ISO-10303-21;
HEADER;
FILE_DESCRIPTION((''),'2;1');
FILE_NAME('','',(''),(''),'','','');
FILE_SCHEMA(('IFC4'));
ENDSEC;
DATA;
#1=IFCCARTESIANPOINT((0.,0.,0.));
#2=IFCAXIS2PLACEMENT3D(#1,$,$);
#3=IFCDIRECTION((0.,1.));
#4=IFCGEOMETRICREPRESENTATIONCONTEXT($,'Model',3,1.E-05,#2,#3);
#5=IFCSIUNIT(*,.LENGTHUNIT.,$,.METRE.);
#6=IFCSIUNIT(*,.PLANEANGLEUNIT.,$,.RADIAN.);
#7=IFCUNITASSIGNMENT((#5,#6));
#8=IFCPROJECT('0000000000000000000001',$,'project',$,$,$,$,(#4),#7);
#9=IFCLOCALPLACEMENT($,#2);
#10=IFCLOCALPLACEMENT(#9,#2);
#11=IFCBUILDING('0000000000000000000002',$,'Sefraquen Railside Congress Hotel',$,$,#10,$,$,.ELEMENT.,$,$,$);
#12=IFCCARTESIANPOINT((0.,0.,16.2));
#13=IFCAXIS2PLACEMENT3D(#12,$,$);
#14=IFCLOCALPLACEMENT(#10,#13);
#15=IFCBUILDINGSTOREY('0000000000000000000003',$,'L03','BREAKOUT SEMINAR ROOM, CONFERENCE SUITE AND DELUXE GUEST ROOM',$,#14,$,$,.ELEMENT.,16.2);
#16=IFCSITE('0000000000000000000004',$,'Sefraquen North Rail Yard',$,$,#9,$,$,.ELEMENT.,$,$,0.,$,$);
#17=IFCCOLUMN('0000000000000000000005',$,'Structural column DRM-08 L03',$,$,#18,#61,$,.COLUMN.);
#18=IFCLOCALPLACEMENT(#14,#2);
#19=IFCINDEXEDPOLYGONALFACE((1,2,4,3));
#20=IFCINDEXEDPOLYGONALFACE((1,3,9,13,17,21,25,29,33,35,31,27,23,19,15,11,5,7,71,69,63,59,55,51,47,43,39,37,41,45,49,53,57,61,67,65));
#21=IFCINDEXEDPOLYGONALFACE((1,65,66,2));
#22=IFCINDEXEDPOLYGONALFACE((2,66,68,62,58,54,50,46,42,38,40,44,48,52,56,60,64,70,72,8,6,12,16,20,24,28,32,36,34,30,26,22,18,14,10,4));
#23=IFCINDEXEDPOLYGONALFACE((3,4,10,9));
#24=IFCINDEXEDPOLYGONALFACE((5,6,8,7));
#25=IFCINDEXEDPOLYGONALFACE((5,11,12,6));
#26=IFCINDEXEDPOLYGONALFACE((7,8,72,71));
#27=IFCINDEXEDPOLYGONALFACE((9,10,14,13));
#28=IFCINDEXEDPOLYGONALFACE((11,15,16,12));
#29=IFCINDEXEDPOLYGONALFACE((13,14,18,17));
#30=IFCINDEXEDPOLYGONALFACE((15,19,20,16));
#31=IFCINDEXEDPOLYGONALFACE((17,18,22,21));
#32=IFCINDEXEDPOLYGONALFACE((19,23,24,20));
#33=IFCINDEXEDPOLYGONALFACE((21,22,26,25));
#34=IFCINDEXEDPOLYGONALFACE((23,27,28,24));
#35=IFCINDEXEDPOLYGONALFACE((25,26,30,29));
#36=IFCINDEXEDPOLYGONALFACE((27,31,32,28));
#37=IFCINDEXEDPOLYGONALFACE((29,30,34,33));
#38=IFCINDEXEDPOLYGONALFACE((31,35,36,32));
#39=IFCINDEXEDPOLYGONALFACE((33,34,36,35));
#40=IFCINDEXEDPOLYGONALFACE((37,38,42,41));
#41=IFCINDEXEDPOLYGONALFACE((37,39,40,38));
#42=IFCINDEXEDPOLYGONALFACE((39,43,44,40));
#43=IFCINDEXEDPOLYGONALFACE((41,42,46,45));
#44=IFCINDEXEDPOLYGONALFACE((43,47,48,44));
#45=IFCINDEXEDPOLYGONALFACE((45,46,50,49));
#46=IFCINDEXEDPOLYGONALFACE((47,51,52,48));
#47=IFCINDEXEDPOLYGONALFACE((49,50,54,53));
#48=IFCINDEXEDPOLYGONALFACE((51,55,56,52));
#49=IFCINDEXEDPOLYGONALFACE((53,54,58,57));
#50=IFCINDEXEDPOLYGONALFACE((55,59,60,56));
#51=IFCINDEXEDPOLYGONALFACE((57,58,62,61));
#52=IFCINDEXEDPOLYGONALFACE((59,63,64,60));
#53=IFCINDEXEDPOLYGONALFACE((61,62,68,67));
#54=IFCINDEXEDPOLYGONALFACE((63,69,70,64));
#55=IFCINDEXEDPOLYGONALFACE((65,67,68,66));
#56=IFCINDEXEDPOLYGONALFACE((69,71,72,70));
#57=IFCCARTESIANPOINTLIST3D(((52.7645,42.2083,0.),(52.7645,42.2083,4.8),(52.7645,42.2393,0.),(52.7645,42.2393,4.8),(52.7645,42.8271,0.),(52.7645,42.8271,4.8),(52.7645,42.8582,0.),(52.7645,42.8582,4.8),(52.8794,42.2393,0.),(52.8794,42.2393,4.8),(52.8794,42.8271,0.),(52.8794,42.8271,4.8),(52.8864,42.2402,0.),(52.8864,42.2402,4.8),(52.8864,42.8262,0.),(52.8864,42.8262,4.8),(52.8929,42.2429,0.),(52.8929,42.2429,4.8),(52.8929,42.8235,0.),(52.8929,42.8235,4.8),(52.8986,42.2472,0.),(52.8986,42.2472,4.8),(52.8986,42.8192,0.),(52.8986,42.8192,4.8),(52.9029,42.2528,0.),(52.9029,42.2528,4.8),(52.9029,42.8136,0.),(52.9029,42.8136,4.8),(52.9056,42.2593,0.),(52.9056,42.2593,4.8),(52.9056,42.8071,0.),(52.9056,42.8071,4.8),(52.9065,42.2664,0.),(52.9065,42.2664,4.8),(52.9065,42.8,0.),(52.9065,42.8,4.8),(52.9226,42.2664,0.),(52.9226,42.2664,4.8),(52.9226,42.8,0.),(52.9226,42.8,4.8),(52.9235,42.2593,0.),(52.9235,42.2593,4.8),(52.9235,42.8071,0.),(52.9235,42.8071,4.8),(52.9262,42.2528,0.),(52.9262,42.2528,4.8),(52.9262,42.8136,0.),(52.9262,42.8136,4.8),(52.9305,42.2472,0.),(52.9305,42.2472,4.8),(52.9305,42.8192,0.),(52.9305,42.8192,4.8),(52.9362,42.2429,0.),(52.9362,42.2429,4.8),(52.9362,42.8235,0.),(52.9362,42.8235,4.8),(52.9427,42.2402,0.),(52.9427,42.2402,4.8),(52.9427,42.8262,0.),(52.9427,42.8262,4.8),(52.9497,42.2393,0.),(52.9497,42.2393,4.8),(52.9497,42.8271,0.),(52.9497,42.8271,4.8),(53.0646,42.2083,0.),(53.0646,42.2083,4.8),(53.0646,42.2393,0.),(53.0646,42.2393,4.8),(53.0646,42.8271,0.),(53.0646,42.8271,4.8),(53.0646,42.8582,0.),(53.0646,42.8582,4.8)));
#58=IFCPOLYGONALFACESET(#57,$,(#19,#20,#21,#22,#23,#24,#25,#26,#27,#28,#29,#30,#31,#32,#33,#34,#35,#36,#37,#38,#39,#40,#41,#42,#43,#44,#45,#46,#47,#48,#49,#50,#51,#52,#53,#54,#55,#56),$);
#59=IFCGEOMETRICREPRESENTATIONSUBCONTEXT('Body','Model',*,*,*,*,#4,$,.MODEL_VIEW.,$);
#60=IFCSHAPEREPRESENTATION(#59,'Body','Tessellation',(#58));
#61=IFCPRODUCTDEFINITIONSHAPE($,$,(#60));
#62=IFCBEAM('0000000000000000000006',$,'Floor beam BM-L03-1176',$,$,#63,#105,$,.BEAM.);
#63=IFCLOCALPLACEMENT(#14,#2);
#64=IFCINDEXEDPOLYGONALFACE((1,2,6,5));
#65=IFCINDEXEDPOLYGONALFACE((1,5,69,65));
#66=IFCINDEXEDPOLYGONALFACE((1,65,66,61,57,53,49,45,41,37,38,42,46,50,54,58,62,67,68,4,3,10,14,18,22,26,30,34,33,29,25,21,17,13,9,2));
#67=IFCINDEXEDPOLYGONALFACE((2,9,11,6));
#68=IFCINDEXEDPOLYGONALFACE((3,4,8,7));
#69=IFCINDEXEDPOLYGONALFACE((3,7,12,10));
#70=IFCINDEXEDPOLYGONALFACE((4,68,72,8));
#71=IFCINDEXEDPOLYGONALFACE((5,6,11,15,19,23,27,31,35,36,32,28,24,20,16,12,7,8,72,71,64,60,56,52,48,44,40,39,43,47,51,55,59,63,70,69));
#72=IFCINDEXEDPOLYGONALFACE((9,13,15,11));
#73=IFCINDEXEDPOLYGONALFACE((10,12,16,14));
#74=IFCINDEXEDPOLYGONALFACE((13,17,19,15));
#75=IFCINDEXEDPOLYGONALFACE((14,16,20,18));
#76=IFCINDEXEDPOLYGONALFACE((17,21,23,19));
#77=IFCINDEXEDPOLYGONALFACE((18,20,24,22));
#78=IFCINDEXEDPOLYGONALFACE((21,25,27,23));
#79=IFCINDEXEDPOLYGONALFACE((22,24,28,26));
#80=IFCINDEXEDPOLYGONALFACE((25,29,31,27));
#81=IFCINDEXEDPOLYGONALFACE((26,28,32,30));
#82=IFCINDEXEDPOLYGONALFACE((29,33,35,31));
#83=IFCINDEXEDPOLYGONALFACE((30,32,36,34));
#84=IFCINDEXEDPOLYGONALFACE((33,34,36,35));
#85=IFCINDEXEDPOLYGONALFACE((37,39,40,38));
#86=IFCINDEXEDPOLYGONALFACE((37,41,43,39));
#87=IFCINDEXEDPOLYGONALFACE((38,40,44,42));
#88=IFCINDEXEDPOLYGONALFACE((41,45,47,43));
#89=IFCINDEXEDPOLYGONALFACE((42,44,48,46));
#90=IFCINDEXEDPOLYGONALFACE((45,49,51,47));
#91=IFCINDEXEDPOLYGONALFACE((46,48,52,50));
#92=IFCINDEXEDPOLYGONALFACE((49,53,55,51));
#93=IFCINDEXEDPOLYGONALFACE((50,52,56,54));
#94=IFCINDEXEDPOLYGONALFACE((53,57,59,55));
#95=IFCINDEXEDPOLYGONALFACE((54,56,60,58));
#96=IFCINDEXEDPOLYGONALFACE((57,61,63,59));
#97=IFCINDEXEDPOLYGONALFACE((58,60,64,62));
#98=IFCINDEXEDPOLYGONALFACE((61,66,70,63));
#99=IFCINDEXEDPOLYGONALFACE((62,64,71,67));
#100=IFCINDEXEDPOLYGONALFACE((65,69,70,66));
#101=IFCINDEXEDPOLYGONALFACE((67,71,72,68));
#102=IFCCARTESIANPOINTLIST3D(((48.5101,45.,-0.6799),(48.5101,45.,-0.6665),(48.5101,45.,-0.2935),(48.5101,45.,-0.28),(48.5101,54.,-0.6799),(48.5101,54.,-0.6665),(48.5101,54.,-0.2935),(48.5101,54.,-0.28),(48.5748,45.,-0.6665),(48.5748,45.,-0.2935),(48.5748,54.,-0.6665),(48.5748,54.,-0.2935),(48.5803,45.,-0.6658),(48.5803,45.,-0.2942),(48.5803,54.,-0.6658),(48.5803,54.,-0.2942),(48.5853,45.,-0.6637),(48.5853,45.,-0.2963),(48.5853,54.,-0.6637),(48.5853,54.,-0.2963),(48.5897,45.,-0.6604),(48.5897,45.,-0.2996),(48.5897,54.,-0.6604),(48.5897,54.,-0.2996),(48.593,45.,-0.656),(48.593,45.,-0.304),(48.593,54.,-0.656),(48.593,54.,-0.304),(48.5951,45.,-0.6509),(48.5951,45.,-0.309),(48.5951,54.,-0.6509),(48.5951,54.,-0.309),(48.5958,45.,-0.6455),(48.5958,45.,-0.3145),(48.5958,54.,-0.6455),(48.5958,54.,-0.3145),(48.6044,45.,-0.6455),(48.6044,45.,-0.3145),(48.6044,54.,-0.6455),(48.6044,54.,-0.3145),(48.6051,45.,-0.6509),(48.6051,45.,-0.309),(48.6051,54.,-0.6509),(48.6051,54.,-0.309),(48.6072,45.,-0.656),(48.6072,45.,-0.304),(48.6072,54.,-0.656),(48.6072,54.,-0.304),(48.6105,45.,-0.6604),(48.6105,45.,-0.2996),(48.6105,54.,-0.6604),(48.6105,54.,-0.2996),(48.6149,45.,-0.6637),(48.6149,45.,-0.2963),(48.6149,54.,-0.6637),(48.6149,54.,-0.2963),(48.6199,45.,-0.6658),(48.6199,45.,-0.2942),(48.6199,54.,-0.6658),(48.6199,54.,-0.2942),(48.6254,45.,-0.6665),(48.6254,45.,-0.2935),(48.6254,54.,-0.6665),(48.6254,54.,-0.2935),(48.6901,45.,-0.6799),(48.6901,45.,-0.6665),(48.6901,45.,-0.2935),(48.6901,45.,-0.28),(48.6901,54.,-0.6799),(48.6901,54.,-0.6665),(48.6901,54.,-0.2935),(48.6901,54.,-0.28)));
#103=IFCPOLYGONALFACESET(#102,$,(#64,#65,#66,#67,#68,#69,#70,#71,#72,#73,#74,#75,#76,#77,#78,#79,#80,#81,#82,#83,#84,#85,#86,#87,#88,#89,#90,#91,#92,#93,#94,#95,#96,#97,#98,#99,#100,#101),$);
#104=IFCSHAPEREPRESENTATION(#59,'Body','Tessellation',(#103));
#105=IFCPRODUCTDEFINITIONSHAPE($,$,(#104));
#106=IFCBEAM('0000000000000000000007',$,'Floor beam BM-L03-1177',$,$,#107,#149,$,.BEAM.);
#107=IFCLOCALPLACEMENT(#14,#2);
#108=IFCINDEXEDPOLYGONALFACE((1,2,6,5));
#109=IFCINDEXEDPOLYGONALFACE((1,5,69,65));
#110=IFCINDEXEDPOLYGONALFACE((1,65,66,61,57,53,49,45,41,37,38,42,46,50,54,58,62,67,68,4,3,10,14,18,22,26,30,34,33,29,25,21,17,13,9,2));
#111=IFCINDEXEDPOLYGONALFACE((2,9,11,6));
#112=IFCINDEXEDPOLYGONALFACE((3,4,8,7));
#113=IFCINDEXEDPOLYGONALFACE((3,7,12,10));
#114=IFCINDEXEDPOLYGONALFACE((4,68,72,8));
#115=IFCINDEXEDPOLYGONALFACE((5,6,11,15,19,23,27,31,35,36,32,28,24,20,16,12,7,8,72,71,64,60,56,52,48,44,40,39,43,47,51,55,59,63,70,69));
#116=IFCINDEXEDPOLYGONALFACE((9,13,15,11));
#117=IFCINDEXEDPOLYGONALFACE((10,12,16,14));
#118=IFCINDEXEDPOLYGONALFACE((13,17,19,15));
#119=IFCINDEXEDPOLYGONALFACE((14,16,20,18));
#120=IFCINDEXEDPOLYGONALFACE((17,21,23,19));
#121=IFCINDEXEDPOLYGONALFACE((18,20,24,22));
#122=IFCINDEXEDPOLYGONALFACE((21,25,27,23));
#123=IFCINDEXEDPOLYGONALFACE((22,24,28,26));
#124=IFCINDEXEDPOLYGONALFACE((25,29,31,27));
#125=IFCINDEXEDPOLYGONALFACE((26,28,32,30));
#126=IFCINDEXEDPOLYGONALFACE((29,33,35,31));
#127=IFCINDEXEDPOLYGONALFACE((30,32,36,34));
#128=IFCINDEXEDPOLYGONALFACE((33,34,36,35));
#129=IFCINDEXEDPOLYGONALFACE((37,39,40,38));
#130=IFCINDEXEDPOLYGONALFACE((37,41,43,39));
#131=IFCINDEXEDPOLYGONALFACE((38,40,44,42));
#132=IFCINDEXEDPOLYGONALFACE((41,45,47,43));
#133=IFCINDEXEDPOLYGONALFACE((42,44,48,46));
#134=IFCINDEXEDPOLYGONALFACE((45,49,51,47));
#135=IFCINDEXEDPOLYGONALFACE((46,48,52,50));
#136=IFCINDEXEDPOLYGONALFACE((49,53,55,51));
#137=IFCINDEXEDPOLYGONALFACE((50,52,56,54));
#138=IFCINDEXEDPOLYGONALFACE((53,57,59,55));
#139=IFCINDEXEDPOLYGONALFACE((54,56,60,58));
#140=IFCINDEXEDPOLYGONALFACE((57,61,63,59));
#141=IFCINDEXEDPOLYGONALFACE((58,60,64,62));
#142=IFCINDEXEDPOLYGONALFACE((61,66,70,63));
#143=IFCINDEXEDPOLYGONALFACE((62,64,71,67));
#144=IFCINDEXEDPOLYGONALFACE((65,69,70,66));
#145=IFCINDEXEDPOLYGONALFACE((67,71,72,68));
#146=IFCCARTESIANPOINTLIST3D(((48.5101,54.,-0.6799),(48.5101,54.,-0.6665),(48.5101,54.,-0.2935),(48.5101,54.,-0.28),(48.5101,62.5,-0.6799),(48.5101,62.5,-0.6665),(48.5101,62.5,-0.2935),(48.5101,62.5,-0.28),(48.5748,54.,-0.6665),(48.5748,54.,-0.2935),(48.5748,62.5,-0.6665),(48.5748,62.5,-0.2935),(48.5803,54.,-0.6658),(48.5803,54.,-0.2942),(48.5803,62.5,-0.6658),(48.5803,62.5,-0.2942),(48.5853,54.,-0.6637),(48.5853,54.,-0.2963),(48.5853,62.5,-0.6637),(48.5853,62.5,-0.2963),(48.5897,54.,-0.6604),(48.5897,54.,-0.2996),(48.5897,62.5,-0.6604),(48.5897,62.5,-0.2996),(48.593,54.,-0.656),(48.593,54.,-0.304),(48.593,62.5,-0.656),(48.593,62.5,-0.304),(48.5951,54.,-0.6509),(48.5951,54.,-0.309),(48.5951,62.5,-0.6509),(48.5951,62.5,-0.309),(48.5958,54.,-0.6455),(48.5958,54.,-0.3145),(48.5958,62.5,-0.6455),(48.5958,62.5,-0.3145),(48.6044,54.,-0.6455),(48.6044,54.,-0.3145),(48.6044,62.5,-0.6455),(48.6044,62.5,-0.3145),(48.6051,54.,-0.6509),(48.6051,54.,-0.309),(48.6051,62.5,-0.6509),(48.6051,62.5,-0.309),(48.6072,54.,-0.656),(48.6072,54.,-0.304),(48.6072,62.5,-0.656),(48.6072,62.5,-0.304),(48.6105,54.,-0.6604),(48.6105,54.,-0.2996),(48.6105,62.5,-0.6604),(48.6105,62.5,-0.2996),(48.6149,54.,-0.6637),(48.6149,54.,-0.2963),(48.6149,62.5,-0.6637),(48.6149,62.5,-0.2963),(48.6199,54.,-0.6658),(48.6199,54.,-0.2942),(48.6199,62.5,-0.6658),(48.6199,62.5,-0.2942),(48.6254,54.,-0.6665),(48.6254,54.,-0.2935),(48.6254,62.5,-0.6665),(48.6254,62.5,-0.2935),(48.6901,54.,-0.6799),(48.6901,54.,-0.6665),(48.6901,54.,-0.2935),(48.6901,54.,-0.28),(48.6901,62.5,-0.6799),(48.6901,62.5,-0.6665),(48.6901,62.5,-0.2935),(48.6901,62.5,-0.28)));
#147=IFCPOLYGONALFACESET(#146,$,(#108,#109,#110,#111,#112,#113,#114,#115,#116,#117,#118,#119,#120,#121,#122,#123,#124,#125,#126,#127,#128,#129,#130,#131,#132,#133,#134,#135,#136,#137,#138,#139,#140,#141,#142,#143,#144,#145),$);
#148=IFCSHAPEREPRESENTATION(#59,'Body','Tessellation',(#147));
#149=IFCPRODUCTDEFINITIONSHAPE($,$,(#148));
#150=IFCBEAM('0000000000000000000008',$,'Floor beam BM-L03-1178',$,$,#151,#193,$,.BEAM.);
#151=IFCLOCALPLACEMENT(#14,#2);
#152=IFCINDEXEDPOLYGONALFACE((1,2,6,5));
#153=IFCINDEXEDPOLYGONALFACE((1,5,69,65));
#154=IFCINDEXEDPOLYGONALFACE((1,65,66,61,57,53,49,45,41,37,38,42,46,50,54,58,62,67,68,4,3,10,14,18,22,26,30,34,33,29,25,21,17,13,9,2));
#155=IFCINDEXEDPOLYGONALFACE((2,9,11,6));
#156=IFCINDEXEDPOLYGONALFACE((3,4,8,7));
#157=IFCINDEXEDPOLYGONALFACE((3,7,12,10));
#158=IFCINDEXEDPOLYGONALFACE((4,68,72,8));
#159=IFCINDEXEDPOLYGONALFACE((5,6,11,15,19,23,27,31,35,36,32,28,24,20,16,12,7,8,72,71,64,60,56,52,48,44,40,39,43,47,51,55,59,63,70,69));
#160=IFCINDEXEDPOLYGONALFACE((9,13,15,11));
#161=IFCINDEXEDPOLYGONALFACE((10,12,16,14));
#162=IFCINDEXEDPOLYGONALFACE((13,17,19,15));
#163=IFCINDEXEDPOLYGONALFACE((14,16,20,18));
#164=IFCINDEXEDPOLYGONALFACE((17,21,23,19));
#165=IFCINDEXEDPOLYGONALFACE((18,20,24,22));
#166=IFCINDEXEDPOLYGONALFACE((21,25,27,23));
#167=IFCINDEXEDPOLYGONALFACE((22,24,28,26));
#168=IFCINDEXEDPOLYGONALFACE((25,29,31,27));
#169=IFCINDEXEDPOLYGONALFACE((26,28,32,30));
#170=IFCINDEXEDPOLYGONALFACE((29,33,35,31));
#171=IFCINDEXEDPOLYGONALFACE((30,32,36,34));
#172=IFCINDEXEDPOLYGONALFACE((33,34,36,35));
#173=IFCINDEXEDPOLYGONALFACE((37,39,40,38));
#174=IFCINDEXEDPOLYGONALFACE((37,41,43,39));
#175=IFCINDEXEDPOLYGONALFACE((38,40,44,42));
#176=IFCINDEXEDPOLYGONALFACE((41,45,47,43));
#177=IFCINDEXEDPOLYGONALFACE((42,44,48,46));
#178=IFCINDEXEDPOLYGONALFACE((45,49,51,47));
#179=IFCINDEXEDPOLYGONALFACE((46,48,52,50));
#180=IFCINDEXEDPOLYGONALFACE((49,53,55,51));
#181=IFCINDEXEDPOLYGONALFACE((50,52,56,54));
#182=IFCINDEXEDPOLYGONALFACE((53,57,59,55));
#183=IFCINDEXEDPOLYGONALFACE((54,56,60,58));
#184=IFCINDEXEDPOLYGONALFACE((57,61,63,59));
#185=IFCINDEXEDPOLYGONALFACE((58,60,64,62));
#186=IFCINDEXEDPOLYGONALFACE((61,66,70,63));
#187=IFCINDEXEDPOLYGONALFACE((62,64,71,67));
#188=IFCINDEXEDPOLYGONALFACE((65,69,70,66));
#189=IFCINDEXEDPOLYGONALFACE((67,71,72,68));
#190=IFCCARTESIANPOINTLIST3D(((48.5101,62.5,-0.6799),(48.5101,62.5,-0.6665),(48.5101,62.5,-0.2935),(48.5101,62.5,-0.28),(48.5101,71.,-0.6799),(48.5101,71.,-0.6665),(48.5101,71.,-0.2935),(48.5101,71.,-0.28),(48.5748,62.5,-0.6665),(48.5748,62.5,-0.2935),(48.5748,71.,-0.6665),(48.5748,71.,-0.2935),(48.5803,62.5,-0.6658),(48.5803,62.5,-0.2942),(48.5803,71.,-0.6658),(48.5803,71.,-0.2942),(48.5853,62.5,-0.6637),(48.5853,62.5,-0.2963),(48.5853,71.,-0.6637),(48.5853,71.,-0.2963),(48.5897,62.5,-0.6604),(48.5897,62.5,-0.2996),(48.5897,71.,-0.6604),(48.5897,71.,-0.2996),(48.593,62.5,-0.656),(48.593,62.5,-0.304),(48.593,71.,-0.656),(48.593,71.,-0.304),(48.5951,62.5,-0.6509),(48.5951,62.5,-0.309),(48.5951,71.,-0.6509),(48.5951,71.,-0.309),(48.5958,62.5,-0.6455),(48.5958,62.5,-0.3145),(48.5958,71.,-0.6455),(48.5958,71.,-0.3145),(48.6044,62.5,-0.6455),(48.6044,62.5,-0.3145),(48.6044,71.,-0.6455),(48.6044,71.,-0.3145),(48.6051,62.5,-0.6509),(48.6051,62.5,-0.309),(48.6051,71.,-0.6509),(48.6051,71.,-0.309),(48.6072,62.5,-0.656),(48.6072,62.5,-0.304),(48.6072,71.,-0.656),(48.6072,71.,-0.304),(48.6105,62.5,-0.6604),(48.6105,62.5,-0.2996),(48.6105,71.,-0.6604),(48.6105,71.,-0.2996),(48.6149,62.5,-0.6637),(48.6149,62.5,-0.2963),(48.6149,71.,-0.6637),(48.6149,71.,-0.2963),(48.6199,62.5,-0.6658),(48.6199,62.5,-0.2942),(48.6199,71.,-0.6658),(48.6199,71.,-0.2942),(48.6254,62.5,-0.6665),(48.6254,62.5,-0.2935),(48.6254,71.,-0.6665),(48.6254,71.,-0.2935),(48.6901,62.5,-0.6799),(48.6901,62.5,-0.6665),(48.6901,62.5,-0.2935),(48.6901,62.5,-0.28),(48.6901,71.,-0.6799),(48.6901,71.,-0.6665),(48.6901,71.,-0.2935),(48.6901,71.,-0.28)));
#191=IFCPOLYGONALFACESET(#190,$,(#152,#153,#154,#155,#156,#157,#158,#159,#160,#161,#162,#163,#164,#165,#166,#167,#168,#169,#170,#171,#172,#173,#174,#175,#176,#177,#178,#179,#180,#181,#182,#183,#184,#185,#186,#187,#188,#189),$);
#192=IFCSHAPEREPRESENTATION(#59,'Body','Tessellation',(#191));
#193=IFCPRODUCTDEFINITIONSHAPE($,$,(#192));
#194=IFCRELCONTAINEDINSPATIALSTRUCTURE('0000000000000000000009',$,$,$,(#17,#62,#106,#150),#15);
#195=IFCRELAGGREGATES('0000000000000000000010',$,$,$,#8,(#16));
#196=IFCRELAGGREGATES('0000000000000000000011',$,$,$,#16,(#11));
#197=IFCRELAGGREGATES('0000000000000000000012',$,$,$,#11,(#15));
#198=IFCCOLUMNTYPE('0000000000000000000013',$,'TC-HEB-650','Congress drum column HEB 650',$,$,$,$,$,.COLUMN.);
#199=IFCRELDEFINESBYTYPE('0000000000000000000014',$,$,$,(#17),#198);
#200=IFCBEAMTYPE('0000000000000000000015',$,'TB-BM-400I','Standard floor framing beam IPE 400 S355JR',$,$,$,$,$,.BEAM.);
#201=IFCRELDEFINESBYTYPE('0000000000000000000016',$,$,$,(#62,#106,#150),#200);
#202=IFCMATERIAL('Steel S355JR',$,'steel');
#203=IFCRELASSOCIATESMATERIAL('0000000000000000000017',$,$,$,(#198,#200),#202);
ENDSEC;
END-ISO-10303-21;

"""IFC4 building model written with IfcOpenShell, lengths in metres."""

from ifc_helpers import new_model, si_unit, direction, frame, origin, origin_2d, place, context, subcontext, project, spatial, i_section, extrude, material, material_profile, profile_set, type_object, element, save


model = new_model("IFC4")

# Units and contexts
model_context = context("Model", 3, precision=1e-05, world=origin(), true_north=direction((0.0, 1.0)))
body_context = subcontext(model_context, "Body", "Model", "MODEL_VIEW")
ifc_project = project(units=[si_unit("LENGTHUNIT", "METRE"), si_unit("PLANEANGLEUNIT", "RADIAN")], contexts=[model_context])

# Site, building, storey
site_placement = place(None, origin())
site = spatial("IfcSite", under=ifc_project, at=site_placement, Name="Sefraquen North Rail Yard", CompositionType="ELEMENT", RefElevation=0.0)
building_placement = place(site_placement, origin())
building = spatial("IfcBuilding", under=site, at=building_placement, Name="Sefraquen Railside Congress Hotel", CompositionType="ELEMENT")
storey_placement = place(building_placement, frame((0.0, 0.0, 16.2)))
storey = spatial("IfcBuildingStorey", under=building, at=storey_placement, Name="L03", Description="BREAKOUT SEMINAR ROOM, CONFERENCE SUITE AND DELUXE GUEST ROOM", CompositionType="ELEMENT", Elevation=16.2)

# Column
ifc_material_1 = material(Name="Steel S355JR", Category="steel")
ifc_material_profile_1 = material_profile(ifc_material_1, i_section(OverallWidth=0.3, OverallDepth=0.6499, WebThickness=0.0161, FlangeThickness=0.031, FilletRadius=0.0271, at=origin_2d()), Name="HEB 650")
ifc_profile_set_1 = profile_set([ifc_material_profile_1], Name="Steel S355JR")
column_type = type_object("IfcColumnType", Name="TC-HEB-650", Description="Congress drum column HEB 650", PredefinedType="COLUMN", material=ifc_profile_set_1)
for number, where, z_axis, x_axis, name in (
    (1, (52.9146, 42.5332, 0.0), (0.0, 0.0, 1.0), (1.0, 0.0, 0.0), "Structural column DRM-08 L03"),
):
    element("IfcColumn", number, at=place(storey_placement, frame(where, z_axis=z_axis, x_axis=x_axis)), inside=storey, type_object=column_type, Name=name, PredefinedType="COLUMN", context=body_context, shape_type="SweptSolid", body=[
        extrude(i_section(OverallWidth=0.3, OverallDepth=0.6499, WebThickness=0.0161, FlangeThickness=0.031, FilletRadius=0.0271, at=origin_2d()), origin(), (0.0, 0.0, 1.0), 4.8),
    ])

# Beams
ifc_material_profile_2 = material_profile(ifc_material_1, i_section(OverallWidth=0.1799, OverallDepth=0.3999, WebThickness=0.0085, FlangeThickness=0.0134, FilletRadius=0.021, at=origin_2d()), Name="IPE 400")
ifc_profile_set_2 = profile_set([ifc_material_profile_2], Name="Steel S355JR")
beam_type_1 = type_object("IfcBeamType", Name="TB-BM-400I", Description="Standard floor framing beam IPE 400 S355JR", PredefinedType="BEAM", material=ifc_profile_set_2)
beam_1_placement = place(storey_placement, frame((48.6001, 45.0, -0.48), z_axis=(0.0, 1.0, 0.0), x_axis=(-1.0, 0.0, 0.0)))
element("IfcBeam", 2, at=beam_1_placement, inside=storey, type_object=beam_type_1, Name="Floor beam BM-L03-1176", PredefinedType="BEAM", context=body_context, shape_type="SweptSolid", body=[
    extrude(i_section(OverallWidth=0.1799, OverallDepth=0.3999, WebThickness=0.0085, FlangeThickness=0.0134, FilletRadius=0.021, at=origin_2d()), origin(), (0.0, 0.0, 1.0), 9.0),
])
for number, where, z_axis, x_axis, name in (
    (3, (48.6001, 54.0, -0.48), (0.0, 1.0, 0.0), (-1.0, 0.0, 0.0), "Floor beam BM-L03-1177"),
    (4, (48.6001, 62.5, -0.48), (0.0, 1.0, 0.0), (-1.0, 0.0, 0.0), "Floor beam BM-L03-1178"),
):
    element("IfcBeam", number, at=place(storey_placement, frame(where, z_axis=z_axis, x_axis=x_axis)), inside=storey, type_object=beam_type_1, Name=name, PredefinedType="BEAM", context=body_context, shape_type="SweptSolid", body=[
        extrude(i_section(OverallWidth=0.1799, OverallDepth=0.3999, WebThickness=0.0085, FlangeThickness=0.0134, FilletRadius=0.021, at=origin_2d()), origin(), (0.0, 0.0, 1.0), 8.5),
    ])

save(model, "model.ifc")
